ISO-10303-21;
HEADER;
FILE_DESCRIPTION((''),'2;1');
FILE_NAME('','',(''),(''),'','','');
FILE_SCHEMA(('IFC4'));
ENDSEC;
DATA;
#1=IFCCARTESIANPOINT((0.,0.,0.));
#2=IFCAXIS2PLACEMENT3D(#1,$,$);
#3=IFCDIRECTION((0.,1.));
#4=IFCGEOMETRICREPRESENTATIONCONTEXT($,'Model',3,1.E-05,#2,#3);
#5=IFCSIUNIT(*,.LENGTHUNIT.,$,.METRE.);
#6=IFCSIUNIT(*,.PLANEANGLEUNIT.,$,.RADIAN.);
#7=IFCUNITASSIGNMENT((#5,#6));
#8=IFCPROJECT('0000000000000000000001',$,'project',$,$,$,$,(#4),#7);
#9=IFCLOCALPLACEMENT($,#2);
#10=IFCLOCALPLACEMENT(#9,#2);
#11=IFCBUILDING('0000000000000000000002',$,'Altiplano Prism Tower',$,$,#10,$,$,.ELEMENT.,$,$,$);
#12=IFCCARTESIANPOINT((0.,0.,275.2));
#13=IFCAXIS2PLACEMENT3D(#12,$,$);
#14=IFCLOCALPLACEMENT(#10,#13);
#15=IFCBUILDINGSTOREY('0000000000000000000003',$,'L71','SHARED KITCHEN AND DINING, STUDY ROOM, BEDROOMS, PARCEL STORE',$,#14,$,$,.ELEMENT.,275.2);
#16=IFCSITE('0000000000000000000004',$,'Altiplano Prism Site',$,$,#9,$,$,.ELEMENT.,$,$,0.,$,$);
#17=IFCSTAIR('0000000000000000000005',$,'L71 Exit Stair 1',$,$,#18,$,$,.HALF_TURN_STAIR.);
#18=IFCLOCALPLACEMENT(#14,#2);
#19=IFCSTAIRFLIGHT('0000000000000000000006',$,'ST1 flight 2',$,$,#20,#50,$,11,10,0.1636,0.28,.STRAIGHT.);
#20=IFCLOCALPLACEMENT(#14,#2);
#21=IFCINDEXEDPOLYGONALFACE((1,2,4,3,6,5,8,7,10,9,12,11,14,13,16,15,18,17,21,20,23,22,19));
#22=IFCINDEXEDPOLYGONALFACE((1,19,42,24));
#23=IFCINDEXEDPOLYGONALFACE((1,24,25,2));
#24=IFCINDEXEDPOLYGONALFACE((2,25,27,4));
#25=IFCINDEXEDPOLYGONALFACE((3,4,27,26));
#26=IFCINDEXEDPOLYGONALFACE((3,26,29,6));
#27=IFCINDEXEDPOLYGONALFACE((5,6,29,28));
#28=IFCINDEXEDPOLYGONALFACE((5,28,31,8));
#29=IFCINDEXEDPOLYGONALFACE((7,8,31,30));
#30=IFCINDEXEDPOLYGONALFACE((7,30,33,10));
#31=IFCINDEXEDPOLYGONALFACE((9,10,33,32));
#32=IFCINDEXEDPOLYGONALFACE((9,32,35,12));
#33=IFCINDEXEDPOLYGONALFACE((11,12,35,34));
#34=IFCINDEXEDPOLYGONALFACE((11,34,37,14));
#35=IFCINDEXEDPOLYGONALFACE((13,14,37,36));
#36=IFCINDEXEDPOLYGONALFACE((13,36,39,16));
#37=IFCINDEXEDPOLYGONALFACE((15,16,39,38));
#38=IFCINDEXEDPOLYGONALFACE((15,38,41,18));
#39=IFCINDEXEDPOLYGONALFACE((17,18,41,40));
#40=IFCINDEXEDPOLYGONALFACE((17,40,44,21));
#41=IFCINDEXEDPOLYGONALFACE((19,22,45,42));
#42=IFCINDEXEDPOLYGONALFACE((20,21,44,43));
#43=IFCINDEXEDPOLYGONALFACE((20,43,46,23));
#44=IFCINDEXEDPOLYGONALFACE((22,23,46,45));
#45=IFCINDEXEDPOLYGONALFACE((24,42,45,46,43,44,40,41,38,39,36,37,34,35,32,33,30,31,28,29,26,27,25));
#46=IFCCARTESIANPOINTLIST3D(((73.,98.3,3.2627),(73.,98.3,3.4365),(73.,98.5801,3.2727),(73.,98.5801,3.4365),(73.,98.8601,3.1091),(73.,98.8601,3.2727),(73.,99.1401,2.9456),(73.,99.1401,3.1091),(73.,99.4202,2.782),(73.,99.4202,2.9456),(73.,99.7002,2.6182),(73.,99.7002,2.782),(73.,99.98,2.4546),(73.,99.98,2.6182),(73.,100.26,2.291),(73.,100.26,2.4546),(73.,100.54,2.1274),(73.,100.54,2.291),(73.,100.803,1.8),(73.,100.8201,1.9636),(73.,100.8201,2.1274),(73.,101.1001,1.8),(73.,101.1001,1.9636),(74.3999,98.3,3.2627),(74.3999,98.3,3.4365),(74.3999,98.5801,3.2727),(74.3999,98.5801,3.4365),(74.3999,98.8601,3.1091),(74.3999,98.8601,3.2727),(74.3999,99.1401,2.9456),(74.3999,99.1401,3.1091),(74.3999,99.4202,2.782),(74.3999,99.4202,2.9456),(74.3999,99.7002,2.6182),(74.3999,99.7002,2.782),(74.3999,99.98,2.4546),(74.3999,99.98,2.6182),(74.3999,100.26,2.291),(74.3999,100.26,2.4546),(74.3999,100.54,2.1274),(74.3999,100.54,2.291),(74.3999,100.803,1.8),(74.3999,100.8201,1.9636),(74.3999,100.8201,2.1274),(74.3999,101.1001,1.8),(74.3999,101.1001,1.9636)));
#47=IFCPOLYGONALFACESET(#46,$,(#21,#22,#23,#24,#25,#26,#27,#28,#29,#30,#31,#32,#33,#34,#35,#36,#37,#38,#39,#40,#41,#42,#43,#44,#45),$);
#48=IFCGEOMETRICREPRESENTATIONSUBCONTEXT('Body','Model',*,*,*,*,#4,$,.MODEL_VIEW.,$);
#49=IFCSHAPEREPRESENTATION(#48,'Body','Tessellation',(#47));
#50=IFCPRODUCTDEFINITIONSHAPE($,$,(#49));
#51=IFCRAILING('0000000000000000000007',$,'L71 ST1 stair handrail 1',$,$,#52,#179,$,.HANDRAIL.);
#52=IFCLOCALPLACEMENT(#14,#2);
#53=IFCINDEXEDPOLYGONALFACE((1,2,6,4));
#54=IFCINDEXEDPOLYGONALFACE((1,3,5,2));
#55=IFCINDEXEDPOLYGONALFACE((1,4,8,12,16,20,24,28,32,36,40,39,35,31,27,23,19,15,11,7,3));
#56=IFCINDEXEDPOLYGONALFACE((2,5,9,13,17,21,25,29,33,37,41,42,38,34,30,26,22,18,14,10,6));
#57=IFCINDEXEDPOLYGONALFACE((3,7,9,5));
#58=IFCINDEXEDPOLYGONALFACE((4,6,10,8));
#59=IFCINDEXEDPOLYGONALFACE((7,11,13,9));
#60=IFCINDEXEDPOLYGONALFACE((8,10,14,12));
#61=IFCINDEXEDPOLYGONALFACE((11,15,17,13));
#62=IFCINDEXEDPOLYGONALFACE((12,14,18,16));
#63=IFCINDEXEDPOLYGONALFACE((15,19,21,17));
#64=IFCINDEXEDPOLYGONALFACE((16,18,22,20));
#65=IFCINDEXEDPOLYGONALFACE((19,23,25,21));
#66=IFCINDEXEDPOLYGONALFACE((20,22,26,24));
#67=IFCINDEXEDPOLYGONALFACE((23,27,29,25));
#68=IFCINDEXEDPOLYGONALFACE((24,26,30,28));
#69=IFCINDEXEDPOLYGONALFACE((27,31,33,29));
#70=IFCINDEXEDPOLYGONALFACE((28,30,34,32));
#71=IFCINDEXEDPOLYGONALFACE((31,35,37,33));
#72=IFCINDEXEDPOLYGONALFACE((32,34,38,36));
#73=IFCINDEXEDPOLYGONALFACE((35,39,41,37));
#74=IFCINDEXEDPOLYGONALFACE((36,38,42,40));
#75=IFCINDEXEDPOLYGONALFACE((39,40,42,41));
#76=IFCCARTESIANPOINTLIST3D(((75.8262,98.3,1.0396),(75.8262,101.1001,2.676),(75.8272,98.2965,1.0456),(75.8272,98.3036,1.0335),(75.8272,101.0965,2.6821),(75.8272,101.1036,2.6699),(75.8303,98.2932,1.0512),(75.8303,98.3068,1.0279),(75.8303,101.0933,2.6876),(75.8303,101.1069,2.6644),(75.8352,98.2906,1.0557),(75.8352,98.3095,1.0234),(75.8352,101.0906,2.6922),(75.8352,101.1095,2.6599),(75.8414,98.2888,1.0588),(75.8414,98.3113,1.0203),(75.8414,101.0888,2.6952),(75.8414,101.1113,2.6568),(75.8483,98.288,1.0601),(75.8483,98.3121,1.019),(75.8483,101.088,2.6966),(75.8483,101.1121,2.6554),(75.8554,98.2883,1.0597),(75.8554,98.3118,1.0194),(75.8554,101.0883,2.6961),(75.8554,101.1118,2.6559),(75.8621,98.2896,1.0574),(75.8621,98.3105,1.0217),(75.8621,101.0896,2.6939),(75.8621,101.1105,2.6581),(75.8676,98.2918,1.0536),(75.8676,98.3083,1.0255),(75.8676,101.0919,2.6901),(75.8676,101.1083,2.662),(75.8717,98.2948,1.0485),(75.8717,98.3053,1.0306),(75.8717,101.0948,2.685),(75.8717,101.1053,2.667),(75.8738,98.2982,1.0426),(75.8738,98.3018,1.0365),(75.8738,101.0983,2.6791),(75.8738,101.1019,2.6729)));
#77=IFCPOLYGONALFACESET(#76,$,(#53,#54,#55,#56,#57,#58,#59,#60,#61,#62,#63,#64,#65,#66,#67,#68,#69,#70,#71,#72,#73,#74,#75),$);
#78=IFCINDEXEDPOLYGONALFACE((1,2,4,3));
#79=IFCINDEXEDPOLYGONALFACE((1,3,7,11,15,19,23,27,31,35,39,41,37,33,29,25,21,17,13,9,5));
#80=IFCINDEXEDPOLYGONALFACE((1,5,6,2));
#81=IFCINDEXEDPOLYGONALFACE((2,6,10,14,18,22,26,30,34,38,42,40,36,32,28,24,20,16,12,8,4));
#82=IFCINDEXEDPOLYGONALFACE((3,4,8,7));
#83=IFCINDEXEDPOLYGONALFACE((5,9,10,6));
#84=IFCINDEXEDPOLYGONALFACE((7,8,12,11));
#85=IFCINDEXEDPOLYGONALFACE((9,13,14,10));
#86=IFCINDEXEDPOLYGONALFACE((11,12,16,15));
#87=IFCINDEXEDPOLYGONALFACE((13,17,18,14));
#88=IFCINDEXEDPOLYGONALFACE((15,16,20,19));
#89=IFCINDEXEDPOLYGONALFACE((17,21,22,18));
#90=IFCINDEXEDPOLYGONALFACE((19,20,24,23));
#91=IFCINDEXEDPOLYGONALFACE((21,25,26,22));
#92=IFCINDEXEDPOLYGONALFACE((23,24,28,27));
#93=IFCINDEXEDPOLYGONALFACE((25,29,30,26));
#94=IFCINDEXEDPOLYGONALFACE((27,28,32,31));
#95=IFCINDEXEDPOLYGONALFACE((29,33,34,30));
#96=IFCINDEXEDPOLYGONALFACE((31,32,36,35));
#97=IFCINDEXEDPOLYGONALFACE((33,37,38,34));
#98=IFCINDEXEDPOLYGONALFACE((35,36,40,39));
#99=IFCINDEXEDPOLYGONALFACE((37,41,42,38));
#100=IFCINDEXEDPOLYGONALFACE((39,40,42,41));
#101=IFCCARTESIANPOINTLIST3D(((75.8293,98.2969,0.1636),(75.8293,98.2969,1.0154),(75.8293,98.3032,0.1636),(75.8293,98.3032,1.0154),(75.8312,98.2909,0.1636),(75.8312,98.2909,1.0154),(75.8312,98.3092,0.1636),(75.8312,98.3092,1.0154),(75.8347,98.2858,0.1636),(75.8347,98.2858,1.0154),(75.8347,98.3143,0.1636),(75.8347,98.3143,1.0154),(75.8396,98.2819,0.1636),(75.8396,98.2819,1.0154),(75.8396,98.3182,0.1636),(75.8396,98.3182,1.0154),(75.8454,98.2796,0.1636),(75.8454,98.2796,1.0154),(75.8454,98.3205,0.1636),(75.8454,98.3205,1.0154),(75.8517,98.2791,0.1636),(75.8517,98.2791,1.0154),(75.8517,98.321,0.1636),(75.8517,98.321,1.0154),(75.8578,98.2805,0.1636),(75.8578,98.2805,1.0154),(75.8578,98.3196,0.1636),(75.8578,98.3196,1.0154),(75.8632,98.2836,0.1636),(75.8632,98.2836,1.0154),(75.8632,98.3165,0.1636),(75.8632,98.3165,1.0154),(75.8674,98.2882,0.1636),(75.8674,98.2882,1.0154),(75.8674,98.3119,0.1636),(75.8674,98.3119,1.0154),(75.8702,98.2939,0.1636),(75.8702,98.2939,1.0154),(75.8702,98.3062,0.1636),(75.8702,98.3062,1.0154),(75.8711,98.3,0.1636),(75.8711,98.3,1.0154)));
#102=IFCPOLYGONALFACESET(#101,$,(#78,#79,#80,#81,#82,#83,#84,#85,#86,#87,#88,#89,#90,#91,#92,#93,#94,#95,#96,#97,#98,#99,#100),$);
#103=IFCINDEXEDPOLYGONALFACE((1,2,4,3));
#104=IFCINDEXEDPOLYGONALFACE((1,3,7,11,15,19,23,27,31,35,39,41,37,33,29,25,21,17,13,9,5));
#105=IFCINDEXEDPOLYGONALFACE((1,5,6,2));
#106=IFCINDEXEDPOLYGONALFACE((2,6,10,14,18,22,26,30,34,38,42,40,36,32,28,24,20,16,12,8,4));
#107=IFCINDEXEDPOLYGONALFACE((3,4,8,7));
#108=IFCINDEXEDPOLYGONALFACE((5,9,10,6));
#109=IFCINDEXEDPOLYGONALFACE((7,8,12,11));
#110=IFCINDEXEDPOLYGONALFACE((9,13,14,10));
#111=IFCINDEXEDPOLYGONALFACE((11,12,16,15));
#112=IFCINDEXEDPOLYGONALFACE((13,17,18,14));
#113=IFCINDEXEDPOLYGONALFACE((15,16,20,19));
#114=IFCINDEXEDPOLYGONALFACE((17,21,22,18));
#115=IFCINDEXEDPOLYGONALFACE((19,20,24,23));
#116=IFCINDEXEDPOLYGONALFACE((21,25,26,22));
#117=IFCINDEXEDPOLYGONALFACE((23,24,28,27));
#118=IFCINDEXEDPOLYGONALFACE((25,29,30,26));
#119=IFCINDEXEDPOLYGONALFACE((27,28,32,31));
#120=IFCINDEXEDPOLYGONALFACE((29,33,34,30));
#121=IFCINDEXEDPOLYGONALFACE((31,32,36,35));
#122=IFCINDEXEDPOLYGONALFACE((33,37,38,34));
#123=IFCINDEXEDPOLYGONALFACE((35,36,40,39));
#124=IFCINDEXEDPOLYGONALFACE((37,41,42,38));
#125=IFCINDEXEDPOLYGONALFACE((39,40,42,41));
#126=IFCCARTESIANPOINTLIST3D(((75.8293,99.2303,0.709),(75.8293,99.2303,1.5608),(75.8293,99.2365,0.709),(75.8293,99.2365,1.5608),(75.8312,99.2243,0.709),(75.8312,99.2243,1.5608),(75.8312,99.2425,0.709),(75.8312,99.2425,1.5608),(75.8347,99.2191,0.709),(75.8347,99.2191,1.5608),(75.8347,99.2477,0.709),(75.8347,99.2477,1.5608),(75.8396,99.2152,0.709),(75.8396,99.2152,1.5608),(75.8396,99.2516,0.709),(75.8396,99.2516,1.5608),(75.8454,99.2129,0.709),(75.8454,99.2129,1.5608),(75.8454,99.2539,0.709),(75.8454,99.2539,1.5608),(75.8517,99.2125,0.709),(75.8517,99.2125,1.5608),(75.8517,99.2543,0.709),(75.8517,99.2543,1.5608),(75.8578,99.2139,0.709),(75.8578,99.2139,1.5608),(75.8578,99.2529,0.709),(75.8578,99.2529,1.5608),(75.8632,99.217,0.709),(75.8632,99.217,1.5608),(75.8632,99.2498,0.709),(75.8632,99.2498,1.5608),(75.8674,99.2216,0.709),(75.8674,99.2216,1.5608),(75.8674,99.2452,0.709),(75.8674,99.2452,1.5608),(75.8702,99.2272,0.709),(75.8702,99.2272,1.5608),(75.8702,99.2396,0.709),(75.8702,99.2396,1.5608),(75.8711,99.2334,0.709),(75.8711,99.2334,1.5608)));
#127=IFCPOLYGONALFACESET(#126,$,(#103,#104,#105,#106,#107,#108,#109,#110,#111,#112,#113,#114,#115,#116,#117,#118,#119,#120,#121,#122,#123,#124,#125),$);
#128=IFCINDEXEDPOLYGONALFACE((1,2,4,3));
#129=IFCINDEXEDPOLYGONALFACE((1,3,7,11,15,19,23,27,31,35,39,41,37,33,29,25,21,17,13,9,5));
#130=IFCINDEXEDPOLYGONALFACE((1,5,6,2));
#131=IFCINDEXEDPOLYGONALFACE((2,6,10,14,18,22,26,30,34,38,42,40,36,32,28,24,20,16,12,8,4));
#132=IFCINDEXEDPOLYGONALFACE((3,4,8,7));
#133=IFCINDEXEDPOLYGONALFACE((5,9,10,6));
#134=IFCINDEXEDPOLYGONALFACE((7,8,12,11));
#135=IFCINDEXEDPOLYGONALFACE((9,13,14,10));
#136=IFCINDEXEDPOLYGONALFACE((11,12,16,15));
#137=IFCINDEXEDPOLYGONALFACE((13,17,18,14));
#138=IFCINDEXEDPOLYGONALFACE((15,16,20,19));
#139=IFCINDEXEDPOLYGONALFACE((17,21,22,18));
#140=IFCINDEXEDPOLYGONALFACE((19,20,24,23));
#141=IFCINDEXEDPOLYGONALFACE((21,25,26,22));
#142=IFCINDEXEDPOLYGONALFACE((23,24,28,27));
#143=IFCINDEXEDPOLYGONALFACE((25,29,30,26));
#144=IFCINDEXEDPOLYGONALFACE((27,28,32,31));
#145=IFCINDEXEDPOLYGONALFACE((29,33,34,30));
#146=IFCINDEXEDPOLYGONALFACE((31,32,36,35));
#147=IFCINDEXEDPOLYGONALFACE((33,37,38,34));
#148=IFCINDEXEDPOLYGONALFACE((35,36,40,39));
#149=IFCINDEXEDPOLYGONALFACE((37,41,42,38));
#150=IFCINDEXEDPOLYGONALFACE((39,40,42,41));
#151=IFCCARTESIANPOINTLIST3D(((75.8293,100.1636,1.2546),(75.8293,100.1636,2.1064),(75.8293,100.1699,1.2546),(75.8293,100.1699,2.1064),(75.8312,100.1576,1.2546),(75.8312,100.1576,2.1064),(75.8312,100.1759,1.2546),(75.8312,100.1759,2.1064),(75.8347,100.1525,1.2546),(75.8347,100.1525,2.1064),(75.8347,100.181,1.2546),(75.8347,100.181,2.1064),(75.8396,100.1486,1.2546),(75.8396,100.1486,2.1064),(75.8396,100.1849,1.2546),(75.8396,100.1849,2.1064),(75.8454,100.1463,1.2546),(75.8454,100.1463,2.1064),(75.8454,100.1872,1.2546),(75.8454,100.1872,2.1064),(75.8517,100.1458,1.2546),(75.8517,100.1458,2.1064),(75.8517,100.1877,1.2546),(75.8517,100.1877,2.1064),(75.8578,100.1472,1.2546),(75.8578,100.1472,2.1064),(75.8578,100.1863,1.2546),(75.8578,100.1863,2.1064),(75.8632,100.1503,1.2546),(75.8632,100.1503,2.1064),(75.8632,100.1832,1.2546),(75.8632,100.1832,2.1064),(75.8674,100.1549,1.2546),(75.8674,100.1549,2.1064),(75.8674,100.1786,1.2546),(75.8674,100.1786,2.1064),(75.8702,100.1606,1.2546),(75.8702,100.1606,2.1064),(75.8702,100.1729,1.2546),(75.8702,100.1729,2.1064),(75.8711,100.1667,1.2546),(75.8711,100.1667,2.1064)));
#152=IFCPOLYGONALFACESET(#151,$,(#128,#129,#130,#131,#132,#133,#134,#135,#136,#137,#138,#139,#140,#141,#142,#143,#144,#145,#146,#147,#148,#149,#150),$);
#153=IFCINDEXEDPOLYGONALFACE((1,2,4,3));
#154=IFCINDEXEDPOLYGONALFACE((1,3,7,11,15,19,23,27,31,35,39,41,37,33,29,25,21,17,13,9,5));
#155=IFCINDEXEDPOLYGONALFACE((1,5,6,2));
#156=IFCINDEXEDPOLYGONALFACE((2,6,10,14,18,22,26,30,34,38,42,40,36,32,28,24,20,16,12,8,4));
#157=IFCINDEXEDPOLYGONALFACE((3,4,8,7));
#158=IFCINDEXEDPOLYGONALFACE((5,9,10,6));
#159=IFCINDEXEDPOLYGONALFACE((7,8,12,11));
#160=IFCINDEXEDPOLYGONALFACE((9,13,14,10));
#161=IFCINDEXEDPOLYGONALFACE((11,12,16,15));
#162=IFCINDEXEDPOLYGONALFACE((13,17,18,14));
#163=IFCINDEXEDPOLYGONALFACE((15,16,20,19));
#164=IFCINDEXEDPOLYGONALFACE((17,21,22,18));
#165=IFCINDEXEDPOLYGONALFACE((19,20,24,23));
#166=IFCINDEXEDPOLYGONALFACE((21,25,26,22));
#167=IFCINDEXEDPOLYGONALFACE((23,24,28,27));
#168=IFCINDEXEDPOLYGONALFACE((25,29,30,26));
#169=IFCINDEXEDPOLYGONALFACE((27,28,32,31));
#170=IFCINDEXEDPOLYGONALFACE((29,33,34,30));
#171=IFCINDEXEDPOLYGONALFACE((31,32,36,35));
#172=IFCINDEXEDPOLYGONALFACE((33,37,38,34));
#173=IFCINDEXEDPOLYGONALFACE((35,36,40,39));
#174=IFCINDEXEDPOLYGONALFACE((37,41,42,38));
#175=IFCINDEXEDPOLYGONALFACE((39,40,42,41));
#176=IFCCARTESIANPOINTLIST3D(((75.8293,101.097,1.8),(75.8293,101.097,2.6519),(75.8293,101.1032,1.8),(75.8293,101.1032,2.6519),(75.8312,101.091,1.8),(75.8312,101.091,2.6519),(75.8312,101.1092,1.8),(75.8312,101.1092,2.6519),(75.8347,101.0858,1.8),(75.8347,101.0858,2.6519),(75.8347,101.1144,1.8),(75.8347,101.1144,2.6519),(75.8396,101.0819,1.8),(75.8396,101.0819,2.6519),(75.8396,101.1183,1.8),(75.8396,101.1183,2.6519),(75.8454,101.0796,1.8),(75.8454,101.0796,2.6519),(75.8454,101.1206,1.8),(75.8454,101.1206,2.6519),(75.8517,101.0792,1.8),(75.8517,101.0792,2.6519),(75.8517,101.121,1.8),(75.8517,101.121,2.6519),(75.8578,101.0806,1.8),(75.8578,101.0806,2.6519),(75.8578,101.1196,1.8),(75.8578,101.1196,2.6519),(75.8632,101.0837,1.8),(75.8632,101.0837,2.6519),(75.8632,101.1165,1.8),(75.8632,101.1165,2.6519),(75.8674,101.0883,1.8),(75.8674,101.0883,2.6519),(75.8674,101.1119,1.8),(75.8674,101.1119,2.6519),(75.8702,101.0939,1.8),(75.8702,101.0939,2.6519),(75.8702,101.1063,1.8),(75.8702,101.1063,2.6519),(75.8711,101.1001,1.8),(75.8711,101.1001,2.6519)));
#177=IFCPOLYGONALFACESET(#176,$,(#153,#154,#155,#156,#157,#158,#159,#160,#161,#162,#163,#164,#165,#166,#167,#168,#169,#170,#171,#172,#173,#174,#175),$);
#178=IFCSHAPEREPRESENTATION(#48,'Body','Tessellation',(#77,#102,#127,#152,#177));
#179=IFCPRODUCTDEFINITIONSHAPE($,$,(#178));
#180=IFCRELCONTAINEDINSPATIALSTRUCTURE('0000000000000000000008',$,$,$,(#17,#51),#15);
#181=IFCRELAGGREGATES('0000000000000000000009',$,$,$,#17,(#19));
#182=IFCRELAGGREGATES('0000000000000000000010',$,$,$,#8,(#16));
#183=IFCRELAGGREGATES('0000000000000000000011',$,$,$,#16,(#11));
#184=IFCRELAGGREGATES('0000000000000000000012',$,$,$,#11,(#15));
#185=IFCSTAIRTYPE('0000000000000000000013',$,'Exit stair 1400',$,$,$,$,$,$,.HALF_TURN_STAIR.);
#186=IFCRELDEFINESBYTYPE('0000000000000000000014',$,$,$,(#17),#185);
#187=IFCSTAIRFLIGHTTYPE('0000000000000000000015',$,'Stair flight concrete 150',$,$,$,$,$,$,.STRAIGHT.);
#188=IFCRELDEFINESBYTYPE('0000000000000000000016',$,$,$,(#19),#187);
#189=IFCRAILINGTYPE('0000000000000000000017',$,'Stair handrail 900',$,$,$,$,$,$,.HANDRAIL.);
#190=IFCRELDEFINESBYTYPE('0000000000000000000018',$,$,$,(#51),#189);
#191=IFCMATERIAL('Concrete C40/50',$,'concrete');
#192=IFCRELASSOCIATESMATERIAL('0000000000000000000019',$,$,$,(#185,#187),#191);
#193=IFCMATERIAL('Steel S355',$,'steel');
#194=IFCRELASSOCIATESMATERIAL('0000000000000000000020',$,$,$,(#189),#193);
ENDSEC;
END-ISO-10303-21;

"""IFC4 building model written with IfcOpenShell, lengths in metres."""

from ifc_helpers import new_model, si_unit, direction, frame, origin, origin_2d, place, context, subcontext, project, spatial, polyline, circle, outline, extrude, material, type_object, element, aggregate, save


model = new_model("IFC4")

# Units and contexts
model_context = context("Model", 3, precision=1e-05, world=origin(), true_north=direction((0.0, 1.0)))
body_context = subcontext(model_context, "Body", "Model", "MODEL_VIEW")
ifc_project = project(units=[si_unit("LENGTHUNIT", "METRE"), si_unit("PLANEANGLEUNIT", "RADIAN")], contexts=[model_context])

# Site, building, storey
site_placement = place(None, origin())
site = spatial("IfcSite", under=ifc_project, at=site_placement, Name="Altiplano Prism Site", CompositionType="ELEMENT", RefElevation=0.0)
building_placement = place(site_placement, origin())
building = spatial("IfcBuilding", under=site, at=building_placement, Name="Altiplano Prism Tower", CompositionType="ELEMENT")
storey_placement = place(building_placement, frame((0.0, 0.0, 275.2)))
storey = spatial("IfcBuildingStorey", under=building, at=storey_placement, Name="L71", Description="SHARED KITCHEN AND DINING, STUDY ROOM, BEDROOMS, PARCEL STORE", CompositionType="ELEMENT", Elevation=275.2)

# Stair, stair flight
ifc_material_1 = material(Name="Concrete C40/50", Category="concrete")
stair_type = type_object("IfcStairType", Name="Exit stair 1400", PredefinedType="HALF_TURN_STAIR", material=ifc_material_1)
stair_placement = place(storey_placement, origin())
stair = element("IfcStair", 1, at=stair_placement, inside=storey, type_object=stair_type, Name="L71 Exit Stair 1", PredefinedType="HALF_TURN_STAIR")
stair_flight_type = type_object("IfcStairFlightType", Name="Stair flight concrete 150", PredefinedType="STRAIGHT", material=ifc_material_1)
stair_flight_1_placement = place(storey_placement, frame((73.7, 101.1001, 1.8), z_axis=(0.0, 0.0, 1.0), x_axis=(0.0, -1.0, 0.0)))
stair_flight_1 = element("IfcStairFlight", 2, at=stair_flight_1_placement, type_object=stair_flight_type, Name="ST1 flight 2", NumberOfRisers=11, NumberOfTreads=10, PredefinedType="STRAIGHT", RiserHeight=0.1636, TreadLength=0.28, context=body_context, shape_type="SweptSolid", body=[
    extrude(outline(polyline([(0.0, 0.0), (0.0, 0.1636), (0.28, 0.1636), (0.28, 0.3274), (0.5601, 0.3274), (0.5601, 0.491), (0.8401, 0.491), (0.8401, 0.6545), (1.1201, 0.6545), (1.1201, 0.8181), (1.3999, 0.8181), (1.3999, 0.9819), (1.6799, 0.9819), (1.6799, 1.1455), (1.96, 1.1455), (1.96, 1.3091), (2.24, 1.3091), (2.24, 1.4727), (2.52, 1.4727), (2.52, 1.6365), (2.8, 1.6365), (2.8, 1.8), (2.8, 1.4626), (0.2971, 0.0), (0.0, 0.0)])), frame((0.0, 0.7, 0.0), z_axis=(0.0, -1.0, 0.0), x_axis=(1.0, 0.0, 0.0)), (0.0, 0.0, 1.0), 1.3999),
])
aggregate(stair, [stair_flight_1])

# Railing
ifc_material_2 = material(Name="Steel S355", Category="steel")
railing_type_1 = type_object("IfcRailingType", Name="Stair handrail 900", PredefinedType="HANDRAIL", material=ifc_material_2)
railing_1_placement = place(storey_placement, frame((75.8501, 98.3, 0.1636)))
element("IfcRailing", 3, at=railing_1_placement, inside=storey, type_object=railing_type_1, Name="L71 ST1 stair handrail 1", PredefinedType="HANDRAIL", context=body_context, shape_type="SweptSolid", body=[
    extrude(circle(Radius=0.0239, at=origin_2d()), frame((0.0, 0.0, 0.876), z_axis=(0.0, 0.863361, 0.504587), x_axis=(-1.0, 0.0, 0.0)), (0.0, 0.0, 1.0), 3.2432),
    extrude(circle(Radius=0.021, at=origin_2d()), origin(), (0.0, 0.0, 1.0), 0.8518),
    extrude(circle(Radius=0.021, at=origin_2d()), frame((0.0, 0.9333, 0.5454)), (0.0, 0.0, 1.0), 0.8518),
    extrude(circle(Radius=0.021, at=origin_2d()), frame((0.0, 1.8667, 1.0911)), (0.0, 0.0, 1.0), 0.8518),
    extrude(circle(Radius=0.021, at=origin_2d()), frame((0.0, 2.8, 1.6365)), (0.0, 0.0, 1.0), 0.8518),
])

save(model, "model.ifc")
